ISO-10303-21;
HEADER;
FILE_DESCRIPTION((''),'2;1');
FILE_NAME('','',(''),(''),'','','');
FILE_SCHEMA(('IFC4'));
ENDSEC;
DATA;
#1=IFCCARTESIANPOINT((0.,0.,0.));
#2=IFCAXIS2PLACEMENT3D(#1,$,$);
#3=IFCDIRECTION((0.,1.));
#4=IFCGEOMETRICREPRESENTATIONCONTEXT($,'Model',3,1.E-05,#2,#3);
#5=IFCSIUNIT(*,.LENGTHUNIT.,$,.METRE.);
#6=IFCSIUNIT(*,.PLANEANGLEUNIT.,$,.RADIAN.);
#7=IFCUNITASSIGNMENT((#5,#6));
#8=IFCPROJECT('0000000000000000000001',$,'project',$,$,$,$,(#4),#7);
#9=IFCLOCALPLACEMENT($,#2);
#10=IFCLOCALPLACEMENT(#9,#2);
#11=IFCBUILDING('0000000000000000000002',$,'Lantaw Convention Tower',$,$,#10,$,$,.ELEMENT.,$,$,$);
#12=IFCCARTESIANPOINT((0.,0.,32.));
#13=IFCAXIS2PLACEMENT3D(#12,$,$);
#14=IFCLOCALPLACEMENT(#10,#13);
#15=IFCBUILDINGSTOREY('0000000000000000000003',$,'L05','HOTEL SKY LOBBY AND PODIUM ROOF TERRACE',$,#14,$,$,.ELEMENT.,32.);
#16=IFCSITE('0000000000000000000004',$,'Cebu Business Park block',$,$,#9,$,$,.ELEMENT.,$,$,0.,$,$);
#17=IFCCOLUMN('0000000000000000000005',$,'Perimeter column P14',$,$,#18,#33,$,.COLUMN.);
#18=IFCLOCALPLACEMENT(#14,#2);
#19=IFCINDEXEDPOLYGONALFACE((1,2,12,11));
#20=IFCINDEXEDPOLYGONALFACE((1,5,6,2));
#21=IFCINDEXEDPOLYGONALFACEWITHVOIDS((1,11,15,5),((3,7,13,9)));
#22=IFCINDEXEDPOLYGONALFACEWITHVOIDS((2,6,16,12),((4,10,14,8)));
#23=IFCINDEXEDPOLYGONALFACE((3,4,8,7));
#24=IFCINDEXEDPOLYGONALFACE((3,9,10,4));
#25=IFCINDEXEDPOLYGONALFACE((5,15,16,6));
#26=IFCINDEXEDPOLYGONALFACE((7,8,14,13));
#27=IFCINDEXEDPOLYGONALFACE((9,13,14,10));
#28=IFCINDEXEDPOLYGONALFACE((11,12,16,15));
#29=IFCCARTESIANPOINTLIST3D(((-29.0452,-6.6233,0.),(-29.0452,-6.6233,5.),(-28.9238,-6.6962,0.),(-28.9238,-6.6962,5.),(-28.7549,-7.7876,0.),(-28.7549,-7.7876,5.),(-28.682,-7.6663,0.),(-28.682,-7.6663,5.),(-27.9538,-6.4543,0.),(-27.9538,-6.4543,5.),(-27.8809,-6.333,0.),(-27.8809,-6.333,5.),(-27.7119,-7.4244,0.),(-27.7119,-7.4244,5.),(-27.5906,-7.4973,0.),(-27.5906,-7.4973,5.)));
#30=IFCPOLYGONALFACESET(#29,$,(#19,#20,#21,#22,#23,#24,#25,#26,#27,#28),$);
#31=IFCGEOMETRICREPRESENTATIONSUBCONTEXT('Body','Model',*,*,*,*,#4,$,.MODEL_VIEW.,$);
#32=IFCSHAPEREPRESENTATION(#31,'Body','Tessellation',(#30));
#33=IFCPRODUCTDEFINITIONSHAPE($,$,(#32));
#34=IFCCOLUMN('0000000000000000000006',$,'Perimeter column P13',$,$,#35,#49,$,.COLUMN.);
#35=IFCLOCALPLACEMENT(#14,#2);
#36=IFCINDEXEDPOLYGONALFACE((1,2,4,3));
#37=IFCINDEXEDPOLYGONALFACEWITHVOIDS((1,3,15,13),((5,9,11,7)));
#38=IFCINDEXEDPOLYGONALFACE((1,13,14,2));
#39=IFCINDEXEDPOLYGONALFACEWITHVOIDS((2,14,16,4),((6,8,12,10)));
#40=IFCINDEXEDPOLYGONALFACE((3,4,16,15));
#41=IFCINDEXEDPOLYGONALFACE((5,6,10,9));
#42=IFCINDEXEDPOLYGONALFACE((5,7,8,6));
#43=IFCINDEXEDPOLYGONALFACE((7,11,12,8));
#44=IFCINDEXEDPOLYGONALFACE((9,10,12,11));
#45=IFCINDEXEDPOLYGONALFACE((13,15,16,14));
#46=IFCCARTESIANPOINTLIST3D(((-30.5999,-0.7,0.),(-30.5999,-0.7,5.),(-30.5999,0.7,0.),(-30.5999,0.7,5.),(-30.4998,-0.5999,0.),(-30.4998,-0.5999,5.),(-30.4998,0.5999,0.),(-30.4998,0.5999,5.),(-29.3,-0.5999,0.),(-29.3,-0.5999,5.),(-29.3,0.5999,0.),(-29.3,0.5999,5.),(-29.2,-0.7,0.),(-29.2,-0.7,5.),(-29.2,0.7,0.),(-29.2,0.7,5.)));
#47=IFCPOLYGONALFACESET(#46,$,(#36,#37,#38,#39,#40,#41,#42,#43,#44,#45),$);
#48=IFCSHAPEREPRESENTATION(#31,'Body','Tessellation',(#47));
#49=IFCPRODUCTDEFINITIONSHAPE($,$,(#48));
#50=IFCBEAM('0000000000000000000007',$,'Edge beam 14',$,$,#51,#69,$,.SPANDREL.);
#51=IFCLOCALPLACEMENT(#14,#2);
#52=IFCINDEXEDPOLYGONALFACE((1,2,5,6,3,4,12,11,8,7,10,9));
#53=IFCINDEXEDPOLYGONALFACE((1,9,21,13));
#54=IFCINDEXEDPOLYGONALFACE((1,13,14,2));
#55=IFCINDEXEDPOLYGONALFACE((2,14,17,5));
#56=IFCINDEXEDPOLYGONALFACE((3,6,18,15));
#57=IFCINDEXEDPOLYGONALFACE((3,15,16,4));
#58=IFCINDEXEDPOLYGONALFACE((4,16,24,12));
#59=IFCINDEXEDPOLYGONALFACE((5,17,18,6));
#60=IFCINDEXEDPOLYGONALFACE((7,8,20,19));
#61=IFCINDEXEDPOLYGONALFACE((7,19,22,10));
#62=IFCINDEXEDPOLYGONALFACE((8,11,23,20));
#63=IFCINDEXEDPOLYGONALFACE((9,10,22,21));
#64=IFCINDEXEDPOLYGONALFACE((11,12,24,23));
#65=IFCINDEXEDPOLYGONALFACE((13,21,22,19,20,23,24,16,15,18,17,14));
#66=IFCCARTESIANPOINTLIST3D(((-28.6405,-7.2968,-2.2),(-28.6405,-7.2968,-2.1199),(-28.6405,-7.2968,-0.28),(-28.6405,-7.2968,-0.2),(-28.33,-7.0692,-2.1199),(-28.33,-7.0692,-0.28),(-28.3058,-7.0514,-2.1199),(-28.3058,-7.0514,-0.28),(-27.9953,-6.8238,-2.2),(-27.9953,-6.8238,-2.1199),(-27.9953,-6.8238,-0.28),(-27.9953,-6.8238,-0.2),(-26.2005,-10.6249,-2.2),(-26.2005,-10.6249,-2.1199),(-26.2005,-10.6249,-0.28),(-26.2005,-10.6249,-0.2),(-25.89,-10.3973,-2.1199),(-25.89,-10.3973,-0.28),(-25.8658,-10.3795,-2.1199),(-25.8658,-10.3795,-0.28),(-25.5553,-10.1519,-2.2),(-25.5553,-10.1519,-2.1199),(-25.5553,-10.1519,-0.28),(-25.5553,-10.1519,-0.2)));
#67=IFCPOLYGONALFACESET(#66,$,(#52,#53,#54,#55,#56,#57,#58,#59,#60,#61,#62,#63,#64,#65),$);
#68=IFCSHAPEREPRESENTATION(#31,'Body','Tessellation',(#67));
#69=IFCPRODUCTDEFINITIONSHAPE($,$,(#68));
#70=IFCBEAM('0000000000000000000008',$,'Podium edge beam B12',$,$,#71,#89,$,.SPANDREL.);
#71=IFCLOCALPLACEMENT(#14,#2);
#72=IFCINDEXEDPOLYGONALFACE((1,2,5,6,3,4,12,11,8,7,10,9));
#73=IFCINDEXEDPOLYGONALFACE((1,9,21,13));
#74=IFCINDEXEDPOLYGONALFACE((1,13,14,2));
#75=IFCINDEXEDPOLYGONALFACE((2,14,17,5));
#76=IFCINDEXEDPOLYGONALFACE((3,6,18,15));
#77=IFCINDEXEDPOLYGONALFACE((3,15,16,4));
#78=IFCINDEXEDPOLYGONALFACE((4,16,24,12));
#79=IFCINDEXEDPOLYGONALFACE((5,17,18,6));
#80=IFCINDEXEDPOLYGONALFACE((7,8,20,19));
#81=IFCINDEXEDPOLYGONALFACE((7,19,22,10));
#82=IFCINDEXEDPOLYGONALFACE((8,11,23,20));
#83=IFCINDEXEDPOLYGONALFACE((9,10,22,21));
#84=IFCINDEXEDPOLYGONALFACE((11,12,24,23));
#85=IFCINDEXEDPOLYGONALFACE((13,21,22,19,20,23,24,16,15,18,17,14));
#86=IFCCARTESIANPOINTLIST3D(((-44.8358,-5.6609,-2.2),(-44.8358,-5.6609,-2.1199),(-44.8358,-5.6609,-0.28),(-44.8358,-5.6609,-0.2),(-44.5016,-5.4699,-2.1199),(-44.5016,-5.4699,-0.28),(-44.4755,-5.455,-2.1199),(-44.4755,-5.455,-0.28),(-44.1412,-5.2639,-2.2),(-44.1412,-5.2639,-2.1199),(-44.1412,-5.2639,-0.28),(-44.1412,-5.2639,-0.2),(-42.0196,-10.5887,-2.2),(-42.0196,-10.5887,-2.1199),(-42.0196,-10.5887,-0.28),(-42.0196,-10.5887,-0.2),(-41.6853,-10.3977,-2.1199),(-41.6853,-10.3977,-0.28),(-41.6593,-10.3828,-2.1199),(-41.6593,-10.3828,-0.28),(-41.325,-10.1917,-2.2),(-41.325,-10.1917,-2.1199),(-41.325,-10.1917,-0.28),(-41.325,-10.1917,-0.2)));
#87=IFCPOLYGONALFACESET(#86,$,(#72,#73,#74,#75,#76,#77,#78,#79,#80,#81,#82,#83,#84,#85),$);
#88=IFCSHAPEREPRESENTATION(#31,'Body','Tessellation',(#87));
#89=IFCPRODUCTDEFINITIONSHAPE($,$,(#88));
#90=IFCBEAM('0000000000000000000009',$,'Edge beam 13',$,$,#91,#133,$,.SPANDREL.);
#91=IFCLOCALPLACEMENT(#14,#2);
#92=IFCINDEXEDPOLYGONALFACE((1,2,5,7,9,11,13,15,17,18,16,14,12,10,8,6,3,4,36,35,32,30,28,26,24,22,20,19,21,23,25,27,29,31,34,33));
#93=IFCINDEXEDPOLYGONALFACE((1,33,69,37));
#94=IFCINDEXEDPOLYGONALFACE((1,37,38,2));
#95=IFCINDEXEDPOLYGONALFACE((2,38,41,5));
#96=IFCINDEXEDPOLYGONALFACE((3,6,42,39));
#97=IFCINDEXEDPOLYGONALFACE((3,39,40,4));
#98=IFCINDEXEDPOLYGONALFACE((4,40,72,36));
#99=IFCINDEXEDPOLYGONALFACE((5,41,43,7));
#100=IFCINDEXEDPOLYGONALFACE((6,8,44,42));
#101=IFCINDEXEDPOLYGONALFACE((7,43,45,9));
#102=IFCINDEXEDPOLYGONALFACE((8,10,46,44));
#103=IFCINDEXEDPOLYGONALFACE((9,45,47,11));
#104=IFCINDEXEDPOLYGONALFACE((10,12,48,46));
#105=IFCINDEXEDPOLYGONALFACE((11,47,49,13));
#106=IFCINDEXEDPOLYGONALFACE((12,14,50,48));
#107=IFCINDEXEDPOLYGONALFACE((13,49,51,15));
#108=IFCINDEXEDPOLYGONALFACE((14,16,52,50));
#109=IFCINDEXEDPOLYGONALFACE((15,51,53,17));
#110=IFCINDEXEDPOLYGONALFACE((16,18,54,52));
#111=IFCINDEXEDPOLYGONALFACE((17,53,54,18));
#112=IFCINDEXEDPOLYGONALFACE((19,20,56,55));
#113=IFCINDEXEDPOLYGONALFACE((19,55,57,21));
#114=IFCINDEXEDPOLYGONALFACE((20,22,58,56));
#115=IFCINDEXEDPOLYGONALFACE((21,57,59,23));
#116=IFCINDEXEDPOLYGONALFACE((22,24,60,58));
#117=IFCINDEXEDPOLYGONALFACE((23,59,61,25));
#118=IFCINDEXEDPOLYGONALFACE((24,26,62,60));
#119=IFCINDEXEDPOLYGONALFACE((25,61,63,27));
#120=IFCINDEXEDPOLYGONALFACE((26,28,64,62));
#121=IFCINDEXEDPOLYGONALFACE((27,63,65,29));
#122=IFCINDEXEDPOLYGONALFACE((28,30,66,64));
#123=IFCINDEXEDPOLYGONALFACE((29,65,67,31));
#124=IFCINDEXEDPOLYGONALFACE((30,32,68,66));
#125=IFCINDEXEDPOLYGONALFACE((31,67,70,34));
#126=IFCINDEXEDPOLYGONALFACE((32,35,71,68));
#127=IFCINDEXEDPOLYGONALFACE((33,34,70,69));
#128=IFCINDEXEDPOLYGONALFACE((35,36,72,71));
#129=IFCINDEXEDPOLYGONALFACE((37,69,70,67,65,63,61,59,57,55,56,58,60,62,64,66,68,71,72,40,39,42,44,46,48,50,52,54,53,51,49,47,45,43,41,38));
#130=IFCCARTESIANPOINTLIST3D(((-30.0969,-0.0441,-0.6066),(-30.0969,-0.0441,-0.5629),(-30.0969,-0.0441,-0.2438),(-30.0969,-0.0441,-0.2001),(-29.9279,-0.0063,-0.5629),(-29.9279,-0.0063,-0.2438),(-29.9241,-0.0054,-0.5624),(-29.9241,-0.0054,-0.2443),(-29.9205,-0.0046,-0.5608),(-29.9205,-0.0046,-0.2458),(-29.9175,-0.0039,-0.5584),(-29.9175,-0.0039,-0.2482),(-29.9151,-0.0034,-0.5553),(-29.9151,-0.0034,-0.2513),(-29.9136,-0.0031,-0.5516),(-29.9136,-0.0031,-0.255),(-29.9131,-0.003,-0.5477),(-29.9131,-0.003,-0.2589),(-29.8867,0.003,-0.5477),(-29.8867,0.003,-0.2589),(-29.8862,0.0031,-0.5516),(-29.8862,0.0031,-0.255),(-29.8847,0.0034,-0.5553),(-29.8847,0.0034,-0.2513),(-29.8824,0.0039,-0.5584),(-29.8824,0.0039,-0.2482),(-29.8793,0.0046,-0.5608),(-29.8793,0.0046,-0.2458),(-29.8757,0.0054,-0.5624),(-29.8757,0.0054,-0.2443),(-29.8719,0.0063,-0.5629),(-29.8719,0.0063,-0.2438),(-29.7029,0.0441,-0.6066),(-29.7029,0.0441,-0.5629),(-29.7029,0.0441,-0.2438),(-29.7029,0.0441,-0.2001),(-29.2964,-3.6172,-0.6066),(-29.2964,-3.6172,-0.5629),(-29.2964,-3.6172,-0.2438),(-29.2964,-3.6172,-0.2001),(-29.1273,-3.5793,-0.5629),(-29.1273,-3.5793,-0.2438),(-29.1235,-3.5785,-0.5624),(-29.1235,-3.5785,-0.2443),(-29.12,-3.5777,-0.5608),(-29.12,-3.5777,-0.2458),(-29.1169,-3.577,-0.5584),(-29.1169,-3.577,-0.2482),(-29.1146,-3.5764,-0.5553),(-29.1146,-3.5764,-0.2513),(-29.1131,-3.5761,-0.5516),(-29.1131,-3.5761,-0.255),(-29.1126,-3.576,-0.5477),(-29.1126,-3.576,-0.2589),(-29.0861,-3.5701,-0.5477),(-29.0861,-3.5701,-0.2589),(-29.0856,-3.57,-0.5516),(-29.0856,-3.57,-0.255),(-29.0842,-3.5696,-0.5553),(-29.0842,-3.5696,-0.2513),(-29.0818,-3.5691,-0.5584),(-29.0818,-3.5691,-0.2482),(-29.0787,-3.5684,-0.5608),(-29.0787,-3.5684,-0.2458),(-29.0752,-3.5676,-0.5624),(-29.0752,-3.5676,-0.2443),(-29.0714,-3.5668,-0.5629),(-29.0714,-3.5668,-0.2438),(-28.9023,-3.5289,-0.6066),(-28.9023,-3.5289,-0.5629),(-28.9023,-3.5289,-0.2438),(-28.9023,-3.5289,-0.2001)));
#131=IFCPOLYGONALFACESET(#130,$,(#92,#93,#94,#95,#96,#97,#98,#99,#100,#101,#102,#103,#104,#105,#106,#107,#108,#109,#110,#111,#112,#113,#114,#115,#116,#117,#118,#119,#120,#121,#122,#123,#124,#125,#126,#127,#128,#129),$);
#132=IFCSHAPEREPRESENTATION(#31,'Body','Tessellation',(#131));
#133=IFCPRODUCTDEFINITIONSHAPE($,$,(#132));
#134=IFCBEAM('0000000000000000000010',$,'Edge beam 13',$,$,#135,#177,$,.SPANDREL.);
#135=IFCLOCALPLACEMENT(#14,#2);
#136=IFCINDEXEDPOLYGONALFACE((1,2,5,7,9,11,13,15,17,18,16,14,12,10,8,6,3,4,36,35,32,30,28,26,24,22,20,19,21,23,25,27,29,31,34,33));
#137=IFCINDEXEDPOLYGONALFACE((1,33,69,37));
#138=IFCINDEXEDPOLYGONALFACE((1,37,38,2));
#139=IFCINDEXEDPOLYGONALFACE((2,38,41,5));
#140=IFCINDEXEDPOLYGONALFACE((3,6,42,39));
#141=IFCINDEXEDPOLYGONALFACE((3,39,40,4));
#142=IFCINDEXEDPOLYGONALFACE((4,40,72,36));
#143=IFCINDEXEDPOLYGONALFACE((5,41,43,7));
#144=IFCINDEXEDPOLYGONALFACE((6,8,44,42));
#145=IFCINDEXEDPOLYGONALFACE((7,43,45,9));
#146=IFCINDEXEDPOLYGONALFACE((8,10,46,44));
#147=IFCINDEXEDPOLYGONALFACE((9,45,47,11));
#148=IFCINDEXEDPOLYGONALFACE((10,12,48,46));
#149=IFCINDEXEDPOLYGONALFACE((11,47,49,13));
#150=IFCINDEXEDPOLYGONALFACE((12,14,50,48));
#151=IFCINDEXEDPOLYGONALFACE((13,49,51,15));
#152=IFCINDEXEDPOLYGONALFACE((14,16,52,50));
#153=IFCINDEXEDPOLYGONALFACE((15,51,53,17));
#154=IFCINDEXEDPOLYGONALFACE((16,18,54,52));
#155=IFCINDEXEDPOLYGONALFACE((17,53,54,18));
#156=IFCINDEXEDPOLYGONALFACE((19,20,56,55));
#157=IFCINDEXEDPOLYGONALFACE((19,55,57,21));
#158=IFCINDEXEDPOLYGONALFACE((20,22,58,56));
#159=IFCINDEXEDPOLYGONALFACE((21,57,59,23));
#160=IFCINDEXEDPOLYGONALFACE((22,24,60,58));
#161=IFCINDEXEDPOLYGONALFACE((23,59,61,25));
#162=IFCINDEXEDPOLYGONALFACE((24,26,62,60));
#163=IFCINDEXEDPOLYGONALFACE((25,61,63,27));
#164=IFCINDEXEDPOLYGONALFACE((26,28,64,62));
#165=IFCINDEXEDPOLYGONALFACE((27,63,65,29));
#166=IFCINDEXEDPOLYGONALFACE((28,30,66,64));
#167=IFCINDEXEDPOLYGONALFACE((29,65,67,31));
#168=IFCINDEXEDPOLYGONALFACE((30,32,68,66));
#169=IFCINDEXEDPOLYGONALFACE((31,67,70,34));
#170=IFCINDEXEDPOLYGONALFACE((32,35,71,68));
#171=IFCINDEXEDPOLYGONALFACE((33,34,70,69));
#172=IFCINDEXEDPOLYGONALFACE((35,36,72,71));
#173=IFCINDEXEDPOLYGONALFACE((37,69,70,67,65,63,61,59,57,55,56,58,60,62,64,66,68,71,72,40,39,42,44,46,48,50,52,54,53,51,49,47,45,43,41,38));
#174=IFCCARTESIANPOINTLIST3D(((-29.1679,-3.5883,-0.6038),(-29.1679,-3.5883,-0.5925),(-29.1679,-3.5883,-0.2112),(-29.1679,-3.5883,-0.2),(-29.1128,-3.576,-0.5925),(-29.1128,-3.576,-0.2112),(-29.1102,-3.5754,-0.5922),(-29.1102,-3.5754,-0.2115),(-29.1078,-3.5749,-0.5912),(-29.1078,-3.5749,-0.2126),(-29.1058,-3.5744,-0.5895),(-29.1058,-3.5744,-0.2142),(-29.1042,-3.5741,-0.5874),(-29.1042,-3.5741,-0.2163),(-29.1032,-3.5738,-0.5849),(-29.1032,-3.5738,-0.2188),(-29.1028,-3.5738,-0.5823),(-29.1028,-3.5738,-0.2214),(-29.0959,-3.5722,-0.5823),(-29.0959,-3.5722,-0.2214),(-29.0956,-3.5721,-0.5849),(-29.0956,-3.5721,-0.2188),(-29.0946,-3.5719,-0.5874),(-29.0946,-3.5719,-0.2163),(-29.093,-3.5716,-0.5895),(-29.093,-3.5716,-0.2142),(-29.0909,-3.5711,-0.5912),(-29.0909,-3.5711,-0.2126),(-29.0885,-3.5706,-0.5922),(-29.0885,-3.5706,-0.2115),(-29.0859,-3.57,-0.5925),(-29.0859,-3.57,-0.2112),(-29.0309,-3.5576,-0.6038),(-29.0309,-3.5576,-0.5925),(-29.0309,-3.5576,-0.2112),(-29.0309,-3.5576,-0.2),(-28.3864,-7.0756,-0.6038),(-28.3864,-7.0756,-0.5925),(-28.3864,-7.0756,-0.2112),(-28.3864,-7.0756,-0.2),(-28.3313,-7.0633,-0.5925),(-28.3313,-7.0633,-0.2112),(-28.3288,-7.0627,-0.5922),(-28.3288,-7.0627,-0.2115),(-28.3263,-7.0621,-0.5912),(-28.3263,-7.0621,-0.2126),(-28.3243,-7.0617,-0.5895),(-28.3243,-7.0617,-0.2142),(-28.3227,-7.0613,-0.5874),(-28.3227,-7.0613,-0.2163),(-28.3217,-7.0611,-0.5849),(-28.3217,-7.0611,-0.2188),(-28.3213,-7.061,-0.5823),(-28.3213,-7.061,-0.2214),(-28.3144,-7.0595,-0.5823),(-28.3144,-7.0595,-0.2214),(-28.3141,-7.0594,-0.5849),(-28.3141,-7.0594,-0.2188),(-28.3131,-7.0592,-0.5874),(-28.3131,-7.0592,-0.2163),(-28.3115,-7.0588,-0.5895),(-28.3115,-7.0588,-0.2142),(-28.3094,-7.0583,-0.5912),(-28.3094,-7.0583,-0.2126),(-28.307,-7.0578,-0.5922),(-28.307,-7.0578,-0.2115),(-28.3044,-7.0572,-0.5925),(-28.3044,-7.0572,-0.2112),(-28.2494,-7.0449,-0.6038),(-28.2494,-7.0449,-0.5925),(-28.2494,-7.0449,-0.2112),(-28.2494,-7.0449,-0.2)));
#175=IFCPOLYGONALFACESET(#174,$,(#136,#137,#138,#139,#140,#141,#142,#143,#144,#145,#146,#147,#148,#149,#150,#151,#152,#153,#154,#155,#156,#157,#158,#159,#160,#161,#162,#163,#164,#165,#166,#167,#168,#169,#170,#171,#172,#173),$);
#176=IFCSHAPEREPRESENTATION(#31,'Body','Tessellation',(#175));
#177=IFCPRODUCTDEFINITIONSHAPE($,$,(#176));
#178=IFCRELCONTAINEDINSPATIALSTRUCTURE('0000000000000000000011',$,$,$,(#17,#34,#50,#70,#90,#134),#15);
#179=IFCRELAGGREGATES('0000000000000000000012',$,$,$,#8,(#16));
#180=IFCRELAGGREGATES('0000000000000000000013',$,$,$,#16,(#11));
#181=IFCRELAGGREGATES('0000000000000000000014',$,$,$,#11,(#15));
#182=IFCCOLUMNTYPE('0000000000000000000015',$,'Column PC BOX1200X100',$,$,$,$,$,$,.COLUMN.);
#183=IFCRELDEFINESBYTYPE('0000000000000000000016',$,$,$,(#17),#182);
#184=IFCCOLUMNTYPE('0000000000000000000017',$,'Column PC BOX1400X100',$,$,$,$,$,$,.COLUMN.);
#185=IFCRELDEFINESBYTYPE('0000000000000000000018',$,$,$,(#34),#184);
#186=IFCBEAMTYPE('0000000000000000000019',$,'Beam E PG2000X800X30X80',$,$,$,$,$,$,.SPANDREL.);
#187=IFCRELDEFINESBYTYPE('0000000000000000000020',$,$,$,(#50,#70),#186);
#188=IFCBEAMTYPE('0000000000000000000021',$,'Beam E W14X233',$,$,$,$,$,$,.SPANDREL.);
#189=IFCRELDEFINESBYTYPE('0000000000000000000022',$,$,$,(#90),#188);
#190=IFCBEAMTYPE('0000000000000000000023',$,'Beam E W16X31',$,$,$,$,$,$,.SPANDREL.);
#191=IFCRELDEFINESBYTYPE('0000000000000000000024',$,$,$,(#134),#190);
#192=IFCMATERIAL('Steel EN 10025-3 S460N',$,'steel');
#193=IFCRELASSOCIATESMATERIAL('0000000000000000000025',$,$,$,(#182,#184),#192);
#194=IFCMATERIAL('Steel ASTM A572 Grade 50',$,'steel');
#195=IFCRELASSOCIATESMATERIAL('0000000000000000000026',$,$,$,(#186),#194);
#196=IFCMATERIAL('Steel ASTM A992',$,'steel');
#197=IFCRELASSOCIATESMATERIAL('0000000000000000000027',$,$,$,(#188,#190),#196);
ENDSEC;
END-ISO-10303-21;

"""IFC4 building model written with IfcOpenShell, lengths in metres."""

from ifc_helpers import new_model, si_unit, direction, frame, origin, origin_2d, place, context, subcontext, project, spatial, rectangle, hollow_rectangle, i_section, extrude, material, material_profile, profile_set, type_object, element, save


model = new_model("IFC4")

# Units and contexts
model_context = context("Model", 3, precision=1e-05, world=origin(), true_north=direction((0.0, 1.0)))
body_context = subcontext(model_context, "Body", "Model", "MODEL_VIEW")
ifc_project = project(units=[si_unit("LENGTHUNIT", "METRE"), si_unit("PLANEANGLEUNIT", "RADIAN")], contexts=[model_context])

# Site, building, storey
site_placement = place(None, origin())
site = spatial("IfcSite", under=ifc_project, at=site_placement, Name="Cebu Business Park block", CompositionType="ELEMENT", RefElevation=0.0)
building_placement = place(site_placement, origin())
building = spatial("IfcBuilding", under=site, at=building_placement, Name="Lantaw Convention Tower", CompositionType="ELEMENT")
storey_placement = place(building_placement, frame((0.0, 0.0, 32.0)))
storey = spatial("IfcBuildingStorey", under=building, at=storey_placement, Name="L05", Description="HOTEL SKY LOBBY AND PODIUM ROOF TERRACE", CompositionType="ELEMENT", Elevation=32.0)

# Columns
ifc_material_1 = material(Name="Steel EN 10025-3 S460N", Category="steel")
ifc_material_profile_1 = material_profile(ifc_material_1, hollow_rectangle(XDim=1.2, YDim=1.2, WallThickness=0.1001, at=origin_2d()), Name="BOX1200X100")
ifc_material_2 = material(Name="Concrete C60/75", Category="concrete")
ifc_material_profile_2 = material_profile(ifc_material_2, rectangle(XDim=1.0, YDim=1.0, at=origin_2d()), Name="Concrete fill of BOX1200X100")
ifc_profile_set_1 = profile_set([ifc_material_profile_1, ifc_material_profile_2], Name="Steel EN 10025-3 S460N")
column_type_1 = type_object("IfcColumnType", Name="Column PC BOX1200X100", PredefinedType="COLUMN", material=ifc_profile_set_1)
column_1_placement = place(storey_placement, frame((-28.3179, -7.0603, 0.0), z_axis=(0.0, 0.0, 1.0), x_axis=(0.970296, 0.241922, 0.0)))
element("IfcColumn", 1, at=column_1_placement, inside=storey, type_object=column_type_1, Name="Perimeter column P14", PredefinedType="COLUMN", context=body_context, shape_type="SweptSolid", body=[
    extrude(hollow_rectangle(XDim=1.2, YDim=1.2, WallThickness=0.1001, at=origin_2d()), origin(), (0.0, 0.0, 1.0), 5.0),
])
ifc_material_profile_3 = material_profile(ifc_material_1, hollow_rectangle(XDim=1.3999, YDim=1.3999, WallThickness=0.1001, at=origin_2d()), Name="BOX1400X100")
ifc_material_profile_4 = material_profile(ifc_material_2, rectangle(XDim=1.2, YDim=1.2, at=origin_2d()), Name="Concrete fill of BOX1400X100")
ifc_profile_set_2 = profile_set([ifc_material_profile_3, ifc_material_profile_4], Name="Steel EN 10025-3 S460N")
column_type_2 = type_object("IfcColumnType", Name="Column PC BOX1400X100", PredefinedType="COLUMN", material=ifc_profile_set_2)
column_2_placement = place(storey_placement, frame((-29.8999, 0.0, 0.0), z_axis=(0.0, 0.0, 1.0), x_axis=(1.0, 0.0, 0.0)))
element("IfcColumn", 2, at=column_2_placement, inside=storey, type_object=column_type_2, Name="Perimeter column P13", PredefinedType="COLUMN", context=body_context, shape_type="SweptSolid", body=[
    extrude(hollow_rectangle(XDim=1.3999, YDim=1.3999, WallThickness=0.1001, at=origin_2d()), origin(), (0.0, 0.0, 1.0), 5.0),
])

# Beams
ifc_material_3 = material(Name="Steel ASTM A572 Grade 50", Category="steel")
ifc_material_profile_5 = material_profile(ifc_material_3, i_section(OverallWidth=0.8, OverallDepth=2.0, WebThickness=0.03, FlangeThickness=0.0801, at=origin_2d()), Name="PG2000X800X30X80")
ifc_profile_set_3 = profile_set([ifc_material_profile_5], Name="Steel ASTM A572 Grade 50")
beam_type_1 = type_object("IfcBeamType", Name="Beam E PG2000X800X30X80", PredefinedType="SPANDREL", material=ifc_profile_set_3)
beam_1_placement = place(storey_placement, frame((-28.3179, -7.0603, -1.2), z_axis=(0.591256, -0.806484, 0.0), x_axis=(0.806484, 0.591256, 0.0)))
element("IfcBeam", 3, at=beam_1_placement, inside=storey, type_object=beam_type_1, Name="Edge beam 14", PredefinedType="SPANDREL", context=body_context, shape_type="SweptSolid", body=[
    extrude(i_section(OverallWidth=0.8, OverallDepth=2.0, WebThickness=0.03, FlangeThickness=0.0801, at=origin_2d()), origin(), (0.0, 0.0, 1.0), 4.1267),
])
beam_2_placement = place(storey_placement, frame((-44.4885, -5.4624, -1.2), z_axis=(0.496181, -0.868219, 0.0), x_axis=(0.868219, 0.496181, 0.0)))
element("IfcBeam", 4, at=beam_2_placement, inside=storey, type_object=beam_type_1, Name="Podium edge beam B12", PredefinedType="SPANDREL", context=body_context, shape_type="SweptSolid", body=[
    extrude(i_section(OverallWidth=0.8, OverallDepth=2.0, WebThickness=0.03, FlangeThickness=0.0801, at=origin_2d()), origin(), (0.0, 0.0, 1.0), 5.6758),
])
ifc_material_4 = material(Name="Steel ASTM A992", Category="steel")
ifc_material_profile_6 = material_profile(ifc_material_4, i_section(OverallWidth=0.4038, OverallDepth=0.4065, WebThickness=0.0271, FlangeThickness=0.0437, FilletRadius=0.0151, at=origin_2d()), Name="W14X233")
ifc_profile_set_4 = profile_set([ifc_material_profile_6], Name="Steel ASTM A992")
beam_type_2 = type_object("IfcBeamType", Name="Beam E W14X233", PredefinedType="SPANDREL", material=ifc_profile_set_4)
beam_3_placement = place(storey_placement, frame((-29.8999, 0.0, -0.4033), z_axis=(0.218632, -0.975807, 0.0), x_axis=(0.975807, 0.218632, 0.0)))
element("IfcBeam", 5, at=beam_3_placement, inside=storey, type_object=beam_type_2, Name="Edge beam 13", PredefinedType="SPANDREL", context=body_context, shape_type="SweptSolid", body=[
    extrude(i_section(OverallWidth=0.4038, OverallDepth=0.4065, WebThickness=0.0271, FlangeThickness=0.0437, FilletRadius=0.0151, at=origin_2d()), origin(), (0.0, 0.0, 1.0), 3.6616),
])
ifc_material_profile_7 = material_profile(ifc_material_4, i_section(OverallWidth=0.1404, OverallDepth=0.4038, WebThickness=0.0071, FlangeThickness=0.0112, FilletRadius=0.0103, at=origin_2d()), Name="W16X31")
ifc_profile_set_5 = profile_set([ifc_material_profile_7], Name="Steel ASTM A992")
beam_type_3 = type_object("IfcBeamType", Name="Beam E W16X31", PredefinedType="SPANDREL", material=ifc_profile_set_5)
beam_4_placement = place(storey_placement, frame((-29.0994, -3.573, -0.4019), z_axis=(0.218673, -0.975798, 0.0), x_axis=(0.975798, 0.218673, 0.0)))
element("IfcBeam", 6, at=beam_4_placement, inside=storey, type_object=beam_type_3, Name="Edge beam 13", PredefinedType="SPANDREL", context=body_context, shape_type="SweptSolid", body=[
    extrude(i_section(OverallWidth=0.1404, OverallDepth=0.4038, WebThickness=0.0071, FlangeThickness=0.0112, FilletRadius=0.0103, at=origin_2d()), origin(), (0.0, 0.0, 1.0), 3.5737),
])

save(model, "model.ifc")
